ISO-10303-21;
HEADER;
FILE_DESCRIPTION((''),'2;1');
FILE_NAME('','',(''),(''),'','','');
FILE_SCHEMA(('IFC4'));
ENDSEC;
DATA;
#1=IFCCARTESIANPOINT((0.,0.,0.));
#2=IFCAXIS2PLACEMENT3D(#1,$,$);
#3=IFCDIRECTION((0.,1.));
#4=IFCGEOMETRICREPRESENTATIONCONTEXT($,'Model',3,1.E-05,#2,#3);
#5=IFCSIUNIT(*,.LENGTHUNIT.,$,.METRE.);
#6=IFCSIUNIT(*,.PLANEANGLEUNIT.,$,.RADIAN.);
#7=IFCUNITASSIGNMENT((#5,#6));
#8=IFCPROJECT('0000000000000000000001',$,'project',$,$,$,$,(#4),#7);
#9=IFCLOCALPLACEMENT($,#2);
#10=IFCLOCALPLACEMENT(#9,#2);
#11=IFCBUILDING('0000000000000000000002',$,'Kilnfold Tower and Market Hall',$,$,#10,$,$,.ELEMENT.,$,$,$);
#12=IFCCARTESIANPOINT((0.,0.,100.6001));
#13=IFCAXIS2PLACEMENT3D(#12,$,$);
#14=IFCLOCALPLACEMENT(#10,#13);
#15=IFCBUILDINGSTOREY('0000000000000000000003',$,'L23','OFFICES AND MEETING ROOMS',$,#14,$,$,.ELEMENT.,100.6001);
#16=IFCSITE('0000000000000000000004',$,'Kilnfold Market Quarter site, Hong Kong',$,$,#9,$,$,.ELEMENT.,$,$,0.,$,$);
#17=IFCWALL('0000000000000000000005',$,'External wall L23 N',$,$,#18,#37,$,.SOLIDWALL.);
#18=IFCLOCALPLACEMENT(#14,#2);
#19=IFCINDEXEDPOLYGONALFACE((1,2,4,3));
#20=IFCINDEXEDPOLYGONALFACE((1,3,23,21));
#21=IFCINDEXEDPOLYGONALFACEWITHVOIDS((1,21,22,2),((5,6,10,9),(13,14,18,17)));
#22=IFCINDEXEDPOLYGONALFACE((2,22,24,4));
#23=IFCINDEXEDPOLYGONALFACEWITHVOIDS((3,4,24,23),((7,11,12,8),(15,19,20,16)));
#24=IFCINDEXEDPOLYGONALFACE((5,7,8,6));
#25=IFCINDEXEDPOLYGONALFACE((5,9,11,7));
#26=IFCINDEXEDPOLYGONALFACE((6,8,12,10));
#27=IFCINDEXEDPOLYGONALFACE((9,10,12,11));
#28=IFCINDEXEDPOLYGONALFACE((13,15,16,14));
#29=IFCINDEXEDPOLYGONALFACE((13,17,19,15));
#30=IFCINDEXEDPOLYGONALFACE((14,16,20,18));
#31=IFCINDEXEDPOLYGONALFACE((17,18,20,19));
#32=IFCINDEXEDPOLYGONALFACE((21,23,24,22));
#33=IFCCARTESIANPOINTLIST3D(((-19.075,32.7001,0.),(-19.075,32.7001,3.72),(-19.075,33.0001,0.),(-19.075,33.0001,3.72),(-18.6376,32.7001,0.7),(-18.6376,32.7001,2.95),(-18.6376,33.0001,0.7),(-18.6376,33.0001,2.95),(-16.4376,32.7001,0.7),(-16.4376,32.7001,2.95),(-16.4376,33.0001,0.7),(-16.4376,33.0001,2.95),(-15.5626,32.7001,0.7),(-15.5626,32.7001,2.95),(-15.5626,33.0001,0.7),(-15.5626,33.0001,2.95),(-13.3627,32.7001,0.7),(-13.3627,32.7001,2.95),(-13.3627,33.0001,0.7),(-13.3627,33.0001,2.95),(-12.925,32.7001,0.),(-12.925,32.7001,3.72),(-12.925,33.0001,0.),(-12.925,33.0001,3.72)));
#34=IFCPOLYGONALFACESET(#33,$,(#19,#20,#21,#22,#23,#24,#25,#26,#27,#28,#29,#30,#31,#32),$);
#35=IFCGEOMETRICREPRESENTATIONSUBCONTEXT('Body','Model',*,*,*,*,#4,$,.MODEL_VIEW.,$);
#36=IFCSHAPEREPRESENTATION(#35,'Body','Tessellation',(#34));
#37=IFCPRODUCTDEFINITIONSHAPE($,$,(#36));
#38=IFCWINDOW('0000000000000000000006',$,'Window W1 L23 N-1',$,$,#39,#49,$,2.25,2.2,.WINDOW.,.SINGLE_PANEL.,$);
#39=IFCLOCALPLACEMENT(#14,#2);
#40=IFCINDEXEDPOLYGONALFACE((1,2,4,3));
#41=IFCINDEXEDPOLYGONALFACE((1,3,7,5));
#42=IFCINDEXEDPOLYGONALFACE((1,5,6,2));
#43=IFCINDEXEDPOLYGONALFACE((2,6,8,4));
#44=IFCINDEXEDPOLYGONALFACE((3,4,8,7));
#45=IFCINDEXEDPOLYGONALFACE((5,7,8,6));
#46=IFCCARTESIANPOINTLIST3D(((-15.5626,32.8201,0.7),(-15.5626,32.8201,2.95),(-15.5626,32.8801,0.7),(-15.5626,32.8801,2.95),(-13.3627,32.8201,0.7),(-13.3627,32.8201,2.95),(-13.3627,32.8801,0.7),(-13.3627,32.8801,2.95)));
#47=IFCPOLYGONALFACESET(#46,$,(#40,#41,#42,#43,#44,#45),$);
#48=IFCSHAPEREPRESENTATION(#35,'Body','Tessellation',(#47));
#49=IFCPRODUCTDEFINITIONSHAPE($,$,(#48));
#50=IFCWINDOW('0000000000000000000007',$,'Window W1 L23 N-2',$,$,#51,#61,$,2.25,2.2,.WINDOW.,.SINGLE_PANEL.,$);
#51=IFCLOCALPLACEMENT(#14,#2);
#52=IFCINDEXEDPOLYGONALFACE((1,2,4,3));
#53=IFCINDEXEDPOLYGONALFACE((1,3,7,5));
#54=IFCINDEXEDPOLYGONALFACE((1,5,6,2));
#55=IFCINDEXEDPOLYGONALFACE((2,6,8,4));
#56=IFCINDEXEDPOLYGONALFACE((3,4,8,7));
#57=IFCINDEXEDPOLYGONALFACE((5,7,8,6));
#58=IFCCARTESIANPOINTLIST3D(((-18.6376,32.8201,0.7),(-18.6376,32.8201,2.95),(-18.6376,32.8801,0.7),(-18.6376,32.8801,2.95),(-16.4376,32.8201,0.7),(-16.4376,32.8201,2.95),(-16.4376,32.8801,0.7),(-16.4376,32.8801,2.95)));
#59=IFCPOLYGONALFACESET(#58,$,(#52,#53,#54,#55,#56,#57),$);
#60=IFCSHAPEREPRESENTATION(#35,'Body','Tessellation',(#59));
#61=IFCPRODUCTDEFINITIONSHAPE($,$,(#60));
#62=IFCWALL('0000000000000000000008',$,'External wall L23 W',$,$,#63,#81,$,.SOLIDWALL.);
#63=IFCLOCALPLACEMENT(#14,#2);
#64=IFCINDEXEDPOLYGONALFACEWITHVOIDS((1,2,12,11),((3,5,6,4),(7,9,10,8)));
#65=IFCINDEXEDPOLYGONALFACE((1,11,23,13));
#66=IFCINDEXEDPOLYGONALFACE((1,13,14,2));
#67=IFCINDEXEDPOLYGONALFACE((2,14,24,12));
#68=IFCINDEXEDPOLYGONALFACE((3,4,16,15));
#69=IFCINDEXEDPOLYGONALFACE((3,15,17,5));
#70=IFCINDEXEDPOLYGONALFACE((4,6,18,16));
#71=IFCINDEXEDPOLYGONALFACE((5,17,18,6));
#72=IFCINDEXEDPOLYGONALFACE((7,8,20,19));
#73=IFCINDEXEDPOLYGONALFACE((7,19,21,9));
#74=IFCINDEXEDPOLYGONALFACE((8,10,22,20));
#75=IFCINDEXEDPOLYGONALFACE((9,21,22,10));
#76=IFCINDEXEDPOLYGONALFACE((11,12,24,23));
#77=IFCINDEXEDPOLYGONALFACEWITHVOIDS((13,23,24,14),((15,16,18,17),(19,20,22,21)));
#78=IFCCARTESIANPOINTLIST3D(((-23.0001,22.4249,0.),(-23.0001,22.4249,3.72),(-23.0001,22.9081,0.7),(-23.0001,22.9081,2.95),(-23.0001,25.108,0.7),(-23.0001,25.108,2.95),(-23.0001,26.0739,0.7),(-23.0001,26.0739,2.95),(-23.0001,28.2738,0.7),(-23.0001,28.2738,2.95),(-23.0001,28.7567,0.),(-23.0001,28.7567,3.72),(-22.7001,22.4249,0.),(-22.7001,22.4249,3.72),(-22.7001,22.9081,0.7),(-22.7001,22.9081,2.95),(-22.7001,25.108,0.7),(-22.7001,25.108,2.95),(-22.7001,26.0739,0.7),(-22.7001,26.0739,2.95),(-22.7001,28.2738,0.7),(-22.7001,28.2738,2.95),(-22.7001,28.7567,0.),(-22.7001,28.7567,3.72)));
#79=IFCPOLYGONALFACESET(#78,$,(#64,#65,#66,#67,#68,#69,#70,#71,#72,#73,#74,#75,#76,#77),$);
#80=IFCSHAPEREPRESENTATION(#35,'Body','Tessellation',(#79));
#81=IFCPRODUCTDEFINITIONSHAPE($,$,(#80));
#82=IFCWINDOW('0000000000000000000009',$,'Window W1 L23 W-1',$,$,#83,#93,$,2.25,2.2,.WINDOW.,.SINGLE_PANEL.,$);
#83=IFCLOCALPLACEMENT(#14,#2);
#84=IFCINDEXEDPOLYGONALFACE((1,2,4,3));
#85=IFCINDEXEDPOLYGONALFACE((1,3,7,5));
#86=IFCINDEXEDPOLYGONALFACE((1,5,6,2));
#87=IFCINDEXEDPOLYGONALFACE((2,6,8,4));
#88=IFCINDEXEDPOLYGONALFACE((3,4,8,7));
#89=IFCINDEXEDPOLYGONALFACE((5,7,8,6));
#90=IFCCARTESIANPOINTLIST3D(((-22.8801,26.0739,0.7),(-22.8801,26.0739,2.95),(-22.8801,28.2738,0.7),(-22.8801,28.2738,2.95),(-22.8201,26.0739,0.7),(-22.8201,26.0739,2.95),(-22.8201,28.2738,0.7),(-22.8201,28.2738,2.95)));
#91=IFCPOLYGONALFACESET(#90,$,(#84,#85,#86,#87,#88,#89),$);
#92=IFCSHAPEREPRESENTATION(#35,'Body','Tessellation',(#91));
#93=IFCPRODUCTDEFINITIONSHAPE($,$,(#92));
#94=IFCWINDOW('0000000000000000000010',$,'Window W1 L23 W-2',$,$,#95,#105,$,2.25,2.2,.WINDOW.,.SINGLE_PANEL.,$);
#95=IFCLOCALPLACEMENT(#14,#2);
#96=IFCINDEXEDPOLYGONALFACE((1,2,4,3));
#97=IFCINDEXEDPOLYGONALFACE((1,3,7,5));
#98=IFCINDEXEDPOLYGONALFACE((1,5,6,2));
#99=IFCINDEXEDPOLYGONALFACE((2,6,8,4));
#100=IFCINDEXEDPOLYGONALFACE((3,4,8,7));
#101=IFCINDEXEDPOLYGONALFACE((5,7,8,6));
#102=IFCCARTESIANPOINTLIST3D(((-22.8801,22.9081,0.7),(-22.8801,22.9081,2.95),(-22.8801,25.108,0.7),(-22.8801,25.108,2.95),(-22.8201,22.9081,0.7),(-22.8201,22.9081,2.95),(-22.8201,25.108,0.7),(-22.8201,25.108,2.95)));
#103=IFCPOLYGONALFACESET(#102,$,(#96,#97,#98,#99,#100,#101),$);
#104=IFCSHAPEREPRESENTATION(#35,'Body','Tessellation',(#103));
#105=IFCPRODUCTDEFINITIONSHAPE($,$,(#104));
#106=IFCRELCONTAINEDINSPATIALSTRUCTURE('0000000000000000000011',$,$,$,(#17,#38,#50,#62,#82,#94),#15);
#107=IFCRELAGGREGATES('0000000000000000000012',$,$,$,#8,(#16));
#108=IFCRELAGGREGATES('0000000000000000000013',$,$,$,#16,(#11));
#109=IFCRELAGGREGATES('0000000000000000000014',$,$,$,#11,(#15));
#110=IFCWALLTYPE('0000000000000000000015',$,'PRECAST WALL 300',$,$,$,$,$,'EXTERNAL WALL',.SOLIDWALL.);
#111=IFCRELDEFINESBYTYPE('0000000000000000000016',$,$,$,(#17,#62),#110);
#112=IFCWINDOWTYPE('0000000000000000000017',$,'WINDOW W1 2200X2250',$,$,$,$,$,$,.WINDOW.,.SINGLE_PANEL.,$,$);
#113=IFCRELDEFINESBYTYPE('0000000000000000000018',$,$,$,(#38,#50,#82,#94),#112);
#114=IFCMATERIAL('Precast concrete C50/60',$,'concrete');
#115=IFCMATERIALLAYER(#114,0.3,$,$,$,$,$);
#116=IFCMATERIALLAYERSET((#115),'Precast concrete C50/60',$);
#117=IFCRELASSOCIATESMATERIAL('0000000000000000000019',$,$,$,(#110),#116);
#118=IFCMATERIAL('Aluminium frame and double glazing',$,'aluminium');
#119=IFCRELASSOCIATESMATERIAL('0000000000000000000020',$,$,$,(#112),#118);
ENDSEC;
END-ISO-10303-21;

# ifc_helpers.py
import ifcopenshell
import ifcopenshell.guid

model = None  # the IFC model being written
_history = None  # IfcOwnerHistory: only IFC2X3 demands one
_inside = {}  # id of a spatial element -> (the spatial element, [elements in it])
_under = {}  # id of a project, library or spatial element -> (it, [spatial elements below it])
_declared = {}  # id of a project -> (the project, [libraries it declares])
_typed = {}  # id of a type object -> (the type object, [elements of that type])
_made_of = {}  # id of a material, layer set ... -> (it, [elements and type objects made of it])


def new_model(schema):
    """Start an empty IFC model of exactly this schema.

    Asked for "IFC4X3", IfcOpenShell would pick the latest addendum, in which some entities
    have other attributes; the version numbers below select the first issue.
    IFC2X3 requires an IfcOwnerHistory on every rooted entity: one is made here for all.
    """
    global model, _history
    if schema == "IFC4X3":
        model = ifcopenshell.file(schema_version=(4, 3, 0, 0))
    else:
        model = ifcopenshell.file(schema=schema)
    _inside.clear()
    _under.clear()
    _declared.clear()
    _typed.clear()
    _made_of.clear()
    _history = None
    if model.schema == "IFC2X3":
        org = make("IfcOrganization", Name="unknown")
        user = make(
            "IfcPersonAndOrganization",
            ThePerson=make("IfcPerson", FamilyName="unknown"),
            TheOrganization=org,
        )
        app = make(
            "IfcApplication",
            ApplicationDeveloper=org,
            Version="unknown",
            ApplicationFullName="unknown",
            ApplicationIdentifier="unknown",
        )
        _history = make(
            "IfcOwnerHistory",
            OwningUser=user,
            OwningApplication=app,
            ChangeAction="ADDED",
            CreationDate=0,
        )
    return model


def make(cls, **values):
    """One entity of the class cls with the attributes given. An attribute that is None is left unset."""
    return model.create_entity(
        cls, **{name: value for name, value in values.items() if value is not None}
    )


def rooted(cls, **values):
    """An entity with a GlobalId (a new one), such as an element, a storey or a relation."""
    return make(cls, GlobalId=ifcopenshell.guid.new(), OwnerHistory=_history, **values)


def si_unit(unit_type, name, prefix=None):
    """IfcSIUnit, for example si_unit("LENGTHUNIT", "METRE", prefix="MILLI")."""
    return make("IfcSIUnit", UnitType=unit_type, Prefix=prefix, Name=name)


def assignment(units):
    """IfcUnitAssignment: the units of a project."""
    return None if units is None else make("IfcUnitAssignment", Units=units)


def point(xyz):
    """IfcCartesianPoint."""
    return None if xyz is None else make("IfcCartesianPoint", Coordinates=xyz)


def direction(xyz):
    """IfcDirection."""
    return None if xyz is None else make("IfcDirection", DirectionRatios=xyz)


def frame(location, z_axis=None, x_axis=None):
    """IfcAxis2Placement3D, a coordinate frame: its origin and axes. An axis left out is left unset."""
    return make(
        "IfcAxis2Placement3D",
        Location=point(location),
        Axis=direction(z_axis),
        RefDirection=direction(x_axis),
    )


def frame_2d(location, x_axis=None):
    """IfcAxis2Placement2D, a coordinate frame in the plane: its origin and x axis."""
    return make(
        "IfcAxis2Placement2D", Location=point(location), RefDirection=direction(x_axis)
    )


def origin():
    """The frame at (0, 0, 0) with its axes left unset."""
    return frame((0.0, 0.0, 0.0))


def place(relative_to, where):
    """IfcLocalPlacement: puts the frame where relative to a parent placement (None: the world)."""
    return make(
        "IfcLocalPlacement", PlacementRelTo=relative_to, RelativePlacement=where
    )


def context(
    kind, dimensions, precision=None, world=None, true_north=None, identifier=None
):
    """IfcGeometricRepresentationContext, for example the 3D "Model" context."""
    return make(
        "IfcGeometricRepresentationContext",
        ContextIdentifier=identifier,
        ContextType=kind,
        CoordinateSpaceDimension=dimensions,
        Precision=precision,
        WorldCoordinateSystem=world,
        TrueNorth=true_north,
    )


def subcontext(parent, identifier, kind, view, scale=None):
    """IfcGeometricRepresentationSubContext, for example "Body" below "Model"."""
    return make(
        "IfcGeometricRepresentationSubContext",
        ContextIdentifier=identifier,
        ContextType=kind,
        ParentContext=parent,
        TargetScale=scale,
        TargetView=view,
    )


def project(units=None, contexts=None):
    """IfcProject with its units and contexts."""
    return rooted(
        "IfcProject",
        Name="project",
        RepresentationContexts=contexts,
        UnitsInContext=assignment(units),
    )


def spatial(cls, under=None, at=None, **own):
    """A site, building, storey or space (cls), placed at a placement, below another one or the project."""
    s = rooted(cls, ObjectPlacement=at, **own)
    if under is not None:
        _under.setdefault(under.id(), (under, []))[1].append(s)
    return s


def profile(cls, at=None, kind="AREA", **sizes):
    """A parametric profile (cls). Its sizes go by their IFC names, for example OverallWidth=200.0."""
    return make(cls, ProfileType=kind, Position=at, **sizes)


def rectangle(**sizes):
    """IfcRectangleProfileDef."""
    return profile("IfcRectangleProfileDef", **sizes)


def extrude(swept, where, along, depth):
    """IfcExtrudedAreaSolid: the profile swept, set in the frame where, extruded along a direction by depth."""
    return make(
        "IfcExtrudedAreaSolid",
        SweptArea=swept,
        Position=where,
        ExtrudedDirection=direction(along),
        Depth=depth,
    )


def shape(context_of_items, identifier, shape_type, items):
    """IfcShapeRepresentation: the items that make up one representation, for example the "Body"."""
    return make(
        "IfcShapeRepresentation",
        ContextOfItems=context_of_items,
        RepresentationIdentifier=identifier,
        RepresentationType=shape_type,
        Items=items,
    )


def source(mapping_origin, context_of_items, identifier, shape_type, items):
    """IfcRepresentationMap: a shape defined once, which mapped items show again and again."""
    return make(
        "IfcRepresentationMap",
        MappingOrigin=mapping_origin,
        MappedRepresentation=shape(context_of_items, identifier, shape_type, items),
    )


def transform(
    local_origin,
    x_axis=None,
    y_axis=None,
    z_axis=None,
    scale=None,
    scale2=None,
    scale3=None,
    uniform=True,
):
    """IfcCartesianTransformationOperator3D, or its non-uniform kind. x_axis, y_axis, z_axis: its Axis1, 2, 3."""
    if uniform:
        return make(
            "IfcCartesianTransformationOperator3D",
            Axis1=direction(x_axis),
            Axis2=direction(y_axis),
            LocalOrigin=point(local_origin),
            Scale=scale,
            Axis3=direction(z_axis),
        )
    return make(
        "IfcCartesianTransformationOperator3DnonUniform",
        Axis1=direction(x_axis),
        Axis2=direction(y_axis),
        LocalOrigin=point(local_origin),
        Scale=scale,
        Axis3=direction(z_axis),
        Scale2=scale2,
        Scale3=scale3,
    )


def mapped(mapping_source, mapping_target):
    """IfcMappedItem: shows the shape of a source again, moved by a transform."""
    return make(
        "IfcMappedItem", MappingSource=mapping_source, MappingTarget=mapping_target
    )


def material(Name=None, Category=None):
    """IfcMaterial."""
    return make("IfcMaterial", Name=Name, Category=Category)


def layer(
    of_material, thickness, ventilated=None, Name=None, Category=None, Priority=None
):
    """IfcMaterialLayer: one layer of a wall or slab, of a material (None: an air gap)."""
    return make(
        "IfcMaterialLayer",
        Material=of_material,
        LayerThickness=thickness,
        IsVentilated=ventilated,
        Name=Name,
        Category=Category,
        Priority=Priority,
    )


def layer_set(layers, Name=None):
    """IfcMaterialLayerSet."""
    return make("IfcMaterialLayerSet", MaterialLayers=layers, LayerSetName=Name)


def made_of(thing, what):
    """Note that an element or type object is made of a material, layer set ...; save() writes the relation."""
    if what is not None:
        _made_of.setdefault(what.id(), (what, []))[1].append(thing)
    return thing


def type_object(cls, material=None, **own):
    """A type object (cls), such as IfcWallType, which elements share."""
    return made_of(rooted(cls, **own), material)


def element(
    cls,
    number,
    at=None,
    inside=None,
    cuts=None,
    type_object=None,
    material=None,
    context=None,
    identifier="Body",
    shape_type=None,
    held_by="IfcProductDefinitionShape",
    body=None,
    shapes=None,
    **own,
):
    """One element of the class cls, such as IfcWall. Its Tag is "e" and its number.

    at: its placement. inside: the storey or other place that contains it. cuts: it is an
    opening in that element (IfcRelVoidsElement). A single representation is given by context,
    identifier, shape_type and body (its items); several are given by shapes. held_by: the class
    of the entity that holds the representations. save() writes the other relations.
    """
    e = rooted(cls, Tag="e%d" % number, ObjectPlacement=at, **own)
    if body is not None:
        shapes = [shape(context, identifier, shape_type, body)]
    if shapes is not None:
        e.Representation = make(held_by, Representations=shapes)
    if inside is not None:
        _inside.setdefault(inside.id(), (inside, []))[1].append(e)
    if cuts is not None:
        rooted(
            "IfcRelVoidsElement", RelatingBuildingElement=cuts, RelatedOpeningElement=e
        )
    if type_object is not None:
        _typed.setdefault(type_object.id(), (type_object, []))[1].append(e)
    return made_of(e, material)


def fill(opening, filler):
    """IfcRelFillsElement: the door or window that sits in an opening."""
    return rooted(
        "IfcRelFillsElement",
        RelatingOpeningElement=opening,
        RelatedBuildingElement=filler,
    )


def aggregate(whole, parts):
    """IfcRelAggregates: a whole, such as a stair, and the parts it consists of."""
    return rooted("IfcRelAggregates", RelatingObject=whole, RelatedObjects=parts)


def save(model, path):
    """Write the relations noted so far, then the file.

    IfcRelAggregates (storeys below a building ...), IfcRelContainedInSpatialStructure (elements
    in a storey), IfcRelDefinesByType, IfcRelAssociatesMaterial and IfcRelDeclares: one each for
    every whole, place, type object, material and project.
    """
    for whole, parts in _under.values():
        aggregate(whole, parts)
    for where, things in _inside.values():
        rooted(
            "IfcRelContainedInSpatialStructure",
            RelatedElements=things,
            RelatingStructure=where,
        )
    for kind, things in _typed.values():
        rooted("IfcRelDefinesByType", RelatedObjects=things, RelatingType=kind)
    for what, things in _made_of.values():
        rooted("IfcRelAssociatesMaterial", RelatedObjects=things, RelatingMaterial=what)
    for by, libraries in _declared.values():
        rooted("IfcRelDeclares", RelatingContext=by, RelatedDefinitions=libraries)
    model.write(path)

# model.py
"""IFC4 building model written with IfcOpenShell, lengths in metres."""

from ifc_helpers import new_model, si_unit, direction, frame, frame_2d, origin, place, context, subcontext, project, spatial, rectangle, extrude, source, transform, mapped, material, layer, layer_set, type_object, element, fill, save


model = new_model("IFC4")

# Units and contexts
model_context = context("Model", 3, precision=1e-05, world=origin(), true_north=direction((0.0, 1.0)))
body_context = subcontext(model_context, "Body", "Model", "MODEL_VIEW")
ifc_project = project(units=[si_unit("LENGTHUNIT", "METRE"), si_unit("PLANEANGLEUNIT", "RADIAN")], contexts=[model_context])

# Site, building, storey
site_placement = place(None, origin())
site = spatial("IfcSite", under=ifc_project, at=site_placement, Name="Kilnfold Market Quarter site, Hong Kong", CompositionType="ELEMENT", RefElevation=0.0)
building_placement = place(site_placement, origin())
building = spatial("IfcBuilding", under=site, at=building_placement, Name="Kilnfold Tower and Market Hall", CompositionType="ELEMENT")
storey_placement = place(building_placement, frame((0.0, 0.0, 100.6001)))
storey = spatial("IfcBuildingStorey", under=building, at=storey_placement, Name="L23", Description="OFFICES AND MEETING ROOMS", CompositionType="ELEMENT", Elevation=100.6001)

# Shared definitions
ifc_material_1 = material(Name="Precast concrete C50/60", Category="concrete")
ifc_layer_1 = layer(ifc_material_1, 0.3)
ifc_layer_set_1 = layer_set([ifc_layer_1], Name="Precast concrete C50/60")
wall_type_1 = type_object("IfcWallType", Name="PRECAST WALL 300", ElementType="EXTERNAL WALL", PredefinedType="SOLIDWALL", material=ifc_layer_set_1)
ifc_material_2 = material(Name="Aluminium frame and double glazing", Category="aluminium")
window_type = type_object("IfcWindowType", Name="WINDOW W1 2200X2250", PartitioningType="SINGLE_PANEL", PredefinedType="WINDOW", material=ifc_material_2)

# Walls, openings, windows
shared_shape_1 = source(origin(), body_context, "Body", "SweptSolid", [
    extrude(rectangle(XDim=6.1499, YDim=0.3, at=frame_2d((3.075, 0.0))), origin(), (0.0, 0.0, 1.0), 3.72),
])
wall_1_placement = place(storey_placement, frame((-12.925, 32.8501, 0.0), z_axis=(0.0, 0.0, 1.0), x_axis=(-1.0, 0.0, 0.0)))
wall_1 = element("IfcWall", 1, at=wall_1_placement, inside=storey, type_object=wall_type_1, Name="External wall L23 N", PredefinedType="SOLIDWALL", context=body_context, shape_type="MappedRepresentation", body=[
    mapped(shared_shape_1, transform((0.0, 0.0, 0.0))),
])
opening_1_placement = place(wall_1_placement, frame((0.4375, 0.0, 0.7)))
opening_1 = element("IfcOpeningElement", 2, at=opening_1_placement, cuts=wall_1, PredefinedType="OPENING", context=body_context, shape_type="SweptSolid", body=[
    extrude(rectangle(XDim=2.2, YDim=2.25, at=frame_2d((1.1001, 1.125))), frame((0.0, 0.1602, 0.0), z_axis=(0.0, -1.0, 0.0), x_axis=(1.0, 0.0, 0.0)), (0.0, 0.0, 1.0), 0.3201),
])
opening_2_placement = place(wall_1_placement, frame((3.5125, 0.0, 0.7)))
opening_2 = element("IfcOpeningElement", 3, at=opening_2_placement, cuts=wall_1, PredefinedType="OPENING", context=body_context, shape_type="SweptSolid", body=[
    extrude(rectangle(XDim=2.2, YDim=2.25, at=frame_2d((1.1001, 1.125))), frame((0.0, 0.1602, 0.0), z_axis=(0.0, -1.0, 0.0), x_axis=(1.0, 0.0, 0.0)), (0.0, 0.0, 1.0), 0.3201),
])
window_1_placement = place(opening_1_placement, origin())
window_1 = element("IfcWindow", 4, at=window_1_placement, inside=storey, type_object=window_type, Name="Window W1 L23 N-1", OverallHeight=2.25, OverallWidth=2.2, PartitioningType="SINGLE_PANEL", PredefinedType="WINDOW", context=body_context, shape_type="SweptSolid", body=[
    extrude(rectangle(XDim=2.2, YDim=2.25, at=frame_2d((1.1001, 1.125))), frame((0.0, 0.03, 0.0), z_axis=(0.0, -1.0, 0.0), x_axis=(1.0, 0.0, 0.0)), (0.0, 0.0, 1.0), 0.0601),
])
fill(opening_1, window_1)
window_2_placement = place(opening_2_placement, origin())
window_2 = element("IfcWindow", 5, at=window_2_placement, inside=storey, type_object=window_type, Name="Window W1 L23 N-2", OverallHeight=2.25, OverallWidth=2.2, PartitioningType="SINGLE_PANEL", PredefinedType="WINDOW", context=body_context, shape_type="SweptSolid", body=[
    extrude(rectangle(XDim=2.2, YDim=2.25, at=frame_2d((1.1001, 1.125))), frame((0.0, 0.03, 0.0), z_axis=(0.0, -1.0, 0.0), x_axis=(1.0, 0.0, 0.0)), (0.0, 0.0, 1.0), 0.0601),
])
fill(opening_2, window_2)
shared_shape_2 = source(origin(), body_context, "Body", "SweptSolid", [
    extrude(rectangle(XDim=6.3318, YDim=0.3, at=frame_2d((3.166, 0.0))), origin(), (0.0, 0.0, 1.0), 3.72),
])
wall_2_placement = place(storey_placement, frame((-22.8501, 28.7568, 0.0), z_axis=(0.0, 0.0, 1.0), x_axis=(0.0, -1.0, 0.0)))
wall_2 = element("IfcWall", 6, at=wall_2_placement, inside=storey, type_object=wall_type_1, Name="External wall L23 W", PredefinedType="SOLIDWALL", context=body_context, shape_type="MappedRepresentation", body=[
    mapped(shared_shape_2, transform((0.0, 0.0, 0.0))),
])
opening_3_placement = place(wall_2_placement, frame((0.4829, 0.0, 0.7)))
opening_3 = element("IfcOpeningElement", 7, at=opening_3_placement, cuts=wall_2, PredefinedType="OPENING", context=body_context, shape_type="SweptSolid", body=[
    extrude(rectangle(XDim=2.2, YDim=2.25, at=frame_2d((1.1001, 1.125))), frame((0.0, 0.1602, 0.0), z_axis=(0.0, -1.0, 0.0), x_axis=(1.0, 0.0, 0.0)), (0.0, 0.0, 1.0), 0.3201),
])
opening_4_placement = place(wall_2_placement, frame((3.6487, 0.0, 0.7)))
opening_4 = element("IfcOpeningElement", 8, at=opening_4_placement, cuts=wall_2, PredefinedType="OPENING", context=body_context, shape_type="SweptSolid", body=[
    extrude(rectangle(XDim=2.2, YDim=2.25, at=frame_2d((1.1001, 1.125))), frame((0.0, 0.1602, 0.0), z_axis=(0.0, -1.0, 0.0), x_axis=(1.0, 0.0, 0.0)), (0.0, 0.0, 1.0), 0.3201),
])
window_3_placement = place(opening_3_placement, origin())
window_3 = element("IfcWindow", 9, at=window_3_placement, inside=storey, type_object=window_type, Name="Window W1 L23 W-1", OverallHeight=2.25, OverallWidth=2.2, PartitioningType="SINGLE_PANEL", PredefinedType="WINDOW", context=body_context, shape_type="SweptSolid", body=[
    extrude(rectangle(XDim=2.2, YDim=2.25, at=frame_2d((1.1001, 1.125))), frame((0.0, 0.03, 0.0), z_axis=(0.0, -1.0, 0.0), x_axis=(1.0, 0.0, 0.0)), (0.0, 0.0, 1.0), 0.0601),
])
fill(opening_3, window_3)
window_4_placement = place(opening_4_placement, origin())
window_4 = element("IfcWindow", 10, at=window_4_placement, inside=storey, type_object=window_type, Name="Window W1 L23 W-2", OverallHeight=2.25, OverallWidth=2.2, PartitioningType="SINGLE_PANEL", PredefinedType="WINDOW", context=body_context, shape_type="SweptSolid", body=[
    extrude(rectangle(XDim=2.2, YDim=2.25, at=frame_2d((1.1001, 1.125))), frame((0.0, 0.03, 0.0), z_axis=(0.0, -1.0, 0.0), x_axis=(1.0, 0.0, 0.0)), (0.0, 0.0, 1.0), 0.0601),
])
fill(opening_4, window_4)

save(model, "model.ifc")
